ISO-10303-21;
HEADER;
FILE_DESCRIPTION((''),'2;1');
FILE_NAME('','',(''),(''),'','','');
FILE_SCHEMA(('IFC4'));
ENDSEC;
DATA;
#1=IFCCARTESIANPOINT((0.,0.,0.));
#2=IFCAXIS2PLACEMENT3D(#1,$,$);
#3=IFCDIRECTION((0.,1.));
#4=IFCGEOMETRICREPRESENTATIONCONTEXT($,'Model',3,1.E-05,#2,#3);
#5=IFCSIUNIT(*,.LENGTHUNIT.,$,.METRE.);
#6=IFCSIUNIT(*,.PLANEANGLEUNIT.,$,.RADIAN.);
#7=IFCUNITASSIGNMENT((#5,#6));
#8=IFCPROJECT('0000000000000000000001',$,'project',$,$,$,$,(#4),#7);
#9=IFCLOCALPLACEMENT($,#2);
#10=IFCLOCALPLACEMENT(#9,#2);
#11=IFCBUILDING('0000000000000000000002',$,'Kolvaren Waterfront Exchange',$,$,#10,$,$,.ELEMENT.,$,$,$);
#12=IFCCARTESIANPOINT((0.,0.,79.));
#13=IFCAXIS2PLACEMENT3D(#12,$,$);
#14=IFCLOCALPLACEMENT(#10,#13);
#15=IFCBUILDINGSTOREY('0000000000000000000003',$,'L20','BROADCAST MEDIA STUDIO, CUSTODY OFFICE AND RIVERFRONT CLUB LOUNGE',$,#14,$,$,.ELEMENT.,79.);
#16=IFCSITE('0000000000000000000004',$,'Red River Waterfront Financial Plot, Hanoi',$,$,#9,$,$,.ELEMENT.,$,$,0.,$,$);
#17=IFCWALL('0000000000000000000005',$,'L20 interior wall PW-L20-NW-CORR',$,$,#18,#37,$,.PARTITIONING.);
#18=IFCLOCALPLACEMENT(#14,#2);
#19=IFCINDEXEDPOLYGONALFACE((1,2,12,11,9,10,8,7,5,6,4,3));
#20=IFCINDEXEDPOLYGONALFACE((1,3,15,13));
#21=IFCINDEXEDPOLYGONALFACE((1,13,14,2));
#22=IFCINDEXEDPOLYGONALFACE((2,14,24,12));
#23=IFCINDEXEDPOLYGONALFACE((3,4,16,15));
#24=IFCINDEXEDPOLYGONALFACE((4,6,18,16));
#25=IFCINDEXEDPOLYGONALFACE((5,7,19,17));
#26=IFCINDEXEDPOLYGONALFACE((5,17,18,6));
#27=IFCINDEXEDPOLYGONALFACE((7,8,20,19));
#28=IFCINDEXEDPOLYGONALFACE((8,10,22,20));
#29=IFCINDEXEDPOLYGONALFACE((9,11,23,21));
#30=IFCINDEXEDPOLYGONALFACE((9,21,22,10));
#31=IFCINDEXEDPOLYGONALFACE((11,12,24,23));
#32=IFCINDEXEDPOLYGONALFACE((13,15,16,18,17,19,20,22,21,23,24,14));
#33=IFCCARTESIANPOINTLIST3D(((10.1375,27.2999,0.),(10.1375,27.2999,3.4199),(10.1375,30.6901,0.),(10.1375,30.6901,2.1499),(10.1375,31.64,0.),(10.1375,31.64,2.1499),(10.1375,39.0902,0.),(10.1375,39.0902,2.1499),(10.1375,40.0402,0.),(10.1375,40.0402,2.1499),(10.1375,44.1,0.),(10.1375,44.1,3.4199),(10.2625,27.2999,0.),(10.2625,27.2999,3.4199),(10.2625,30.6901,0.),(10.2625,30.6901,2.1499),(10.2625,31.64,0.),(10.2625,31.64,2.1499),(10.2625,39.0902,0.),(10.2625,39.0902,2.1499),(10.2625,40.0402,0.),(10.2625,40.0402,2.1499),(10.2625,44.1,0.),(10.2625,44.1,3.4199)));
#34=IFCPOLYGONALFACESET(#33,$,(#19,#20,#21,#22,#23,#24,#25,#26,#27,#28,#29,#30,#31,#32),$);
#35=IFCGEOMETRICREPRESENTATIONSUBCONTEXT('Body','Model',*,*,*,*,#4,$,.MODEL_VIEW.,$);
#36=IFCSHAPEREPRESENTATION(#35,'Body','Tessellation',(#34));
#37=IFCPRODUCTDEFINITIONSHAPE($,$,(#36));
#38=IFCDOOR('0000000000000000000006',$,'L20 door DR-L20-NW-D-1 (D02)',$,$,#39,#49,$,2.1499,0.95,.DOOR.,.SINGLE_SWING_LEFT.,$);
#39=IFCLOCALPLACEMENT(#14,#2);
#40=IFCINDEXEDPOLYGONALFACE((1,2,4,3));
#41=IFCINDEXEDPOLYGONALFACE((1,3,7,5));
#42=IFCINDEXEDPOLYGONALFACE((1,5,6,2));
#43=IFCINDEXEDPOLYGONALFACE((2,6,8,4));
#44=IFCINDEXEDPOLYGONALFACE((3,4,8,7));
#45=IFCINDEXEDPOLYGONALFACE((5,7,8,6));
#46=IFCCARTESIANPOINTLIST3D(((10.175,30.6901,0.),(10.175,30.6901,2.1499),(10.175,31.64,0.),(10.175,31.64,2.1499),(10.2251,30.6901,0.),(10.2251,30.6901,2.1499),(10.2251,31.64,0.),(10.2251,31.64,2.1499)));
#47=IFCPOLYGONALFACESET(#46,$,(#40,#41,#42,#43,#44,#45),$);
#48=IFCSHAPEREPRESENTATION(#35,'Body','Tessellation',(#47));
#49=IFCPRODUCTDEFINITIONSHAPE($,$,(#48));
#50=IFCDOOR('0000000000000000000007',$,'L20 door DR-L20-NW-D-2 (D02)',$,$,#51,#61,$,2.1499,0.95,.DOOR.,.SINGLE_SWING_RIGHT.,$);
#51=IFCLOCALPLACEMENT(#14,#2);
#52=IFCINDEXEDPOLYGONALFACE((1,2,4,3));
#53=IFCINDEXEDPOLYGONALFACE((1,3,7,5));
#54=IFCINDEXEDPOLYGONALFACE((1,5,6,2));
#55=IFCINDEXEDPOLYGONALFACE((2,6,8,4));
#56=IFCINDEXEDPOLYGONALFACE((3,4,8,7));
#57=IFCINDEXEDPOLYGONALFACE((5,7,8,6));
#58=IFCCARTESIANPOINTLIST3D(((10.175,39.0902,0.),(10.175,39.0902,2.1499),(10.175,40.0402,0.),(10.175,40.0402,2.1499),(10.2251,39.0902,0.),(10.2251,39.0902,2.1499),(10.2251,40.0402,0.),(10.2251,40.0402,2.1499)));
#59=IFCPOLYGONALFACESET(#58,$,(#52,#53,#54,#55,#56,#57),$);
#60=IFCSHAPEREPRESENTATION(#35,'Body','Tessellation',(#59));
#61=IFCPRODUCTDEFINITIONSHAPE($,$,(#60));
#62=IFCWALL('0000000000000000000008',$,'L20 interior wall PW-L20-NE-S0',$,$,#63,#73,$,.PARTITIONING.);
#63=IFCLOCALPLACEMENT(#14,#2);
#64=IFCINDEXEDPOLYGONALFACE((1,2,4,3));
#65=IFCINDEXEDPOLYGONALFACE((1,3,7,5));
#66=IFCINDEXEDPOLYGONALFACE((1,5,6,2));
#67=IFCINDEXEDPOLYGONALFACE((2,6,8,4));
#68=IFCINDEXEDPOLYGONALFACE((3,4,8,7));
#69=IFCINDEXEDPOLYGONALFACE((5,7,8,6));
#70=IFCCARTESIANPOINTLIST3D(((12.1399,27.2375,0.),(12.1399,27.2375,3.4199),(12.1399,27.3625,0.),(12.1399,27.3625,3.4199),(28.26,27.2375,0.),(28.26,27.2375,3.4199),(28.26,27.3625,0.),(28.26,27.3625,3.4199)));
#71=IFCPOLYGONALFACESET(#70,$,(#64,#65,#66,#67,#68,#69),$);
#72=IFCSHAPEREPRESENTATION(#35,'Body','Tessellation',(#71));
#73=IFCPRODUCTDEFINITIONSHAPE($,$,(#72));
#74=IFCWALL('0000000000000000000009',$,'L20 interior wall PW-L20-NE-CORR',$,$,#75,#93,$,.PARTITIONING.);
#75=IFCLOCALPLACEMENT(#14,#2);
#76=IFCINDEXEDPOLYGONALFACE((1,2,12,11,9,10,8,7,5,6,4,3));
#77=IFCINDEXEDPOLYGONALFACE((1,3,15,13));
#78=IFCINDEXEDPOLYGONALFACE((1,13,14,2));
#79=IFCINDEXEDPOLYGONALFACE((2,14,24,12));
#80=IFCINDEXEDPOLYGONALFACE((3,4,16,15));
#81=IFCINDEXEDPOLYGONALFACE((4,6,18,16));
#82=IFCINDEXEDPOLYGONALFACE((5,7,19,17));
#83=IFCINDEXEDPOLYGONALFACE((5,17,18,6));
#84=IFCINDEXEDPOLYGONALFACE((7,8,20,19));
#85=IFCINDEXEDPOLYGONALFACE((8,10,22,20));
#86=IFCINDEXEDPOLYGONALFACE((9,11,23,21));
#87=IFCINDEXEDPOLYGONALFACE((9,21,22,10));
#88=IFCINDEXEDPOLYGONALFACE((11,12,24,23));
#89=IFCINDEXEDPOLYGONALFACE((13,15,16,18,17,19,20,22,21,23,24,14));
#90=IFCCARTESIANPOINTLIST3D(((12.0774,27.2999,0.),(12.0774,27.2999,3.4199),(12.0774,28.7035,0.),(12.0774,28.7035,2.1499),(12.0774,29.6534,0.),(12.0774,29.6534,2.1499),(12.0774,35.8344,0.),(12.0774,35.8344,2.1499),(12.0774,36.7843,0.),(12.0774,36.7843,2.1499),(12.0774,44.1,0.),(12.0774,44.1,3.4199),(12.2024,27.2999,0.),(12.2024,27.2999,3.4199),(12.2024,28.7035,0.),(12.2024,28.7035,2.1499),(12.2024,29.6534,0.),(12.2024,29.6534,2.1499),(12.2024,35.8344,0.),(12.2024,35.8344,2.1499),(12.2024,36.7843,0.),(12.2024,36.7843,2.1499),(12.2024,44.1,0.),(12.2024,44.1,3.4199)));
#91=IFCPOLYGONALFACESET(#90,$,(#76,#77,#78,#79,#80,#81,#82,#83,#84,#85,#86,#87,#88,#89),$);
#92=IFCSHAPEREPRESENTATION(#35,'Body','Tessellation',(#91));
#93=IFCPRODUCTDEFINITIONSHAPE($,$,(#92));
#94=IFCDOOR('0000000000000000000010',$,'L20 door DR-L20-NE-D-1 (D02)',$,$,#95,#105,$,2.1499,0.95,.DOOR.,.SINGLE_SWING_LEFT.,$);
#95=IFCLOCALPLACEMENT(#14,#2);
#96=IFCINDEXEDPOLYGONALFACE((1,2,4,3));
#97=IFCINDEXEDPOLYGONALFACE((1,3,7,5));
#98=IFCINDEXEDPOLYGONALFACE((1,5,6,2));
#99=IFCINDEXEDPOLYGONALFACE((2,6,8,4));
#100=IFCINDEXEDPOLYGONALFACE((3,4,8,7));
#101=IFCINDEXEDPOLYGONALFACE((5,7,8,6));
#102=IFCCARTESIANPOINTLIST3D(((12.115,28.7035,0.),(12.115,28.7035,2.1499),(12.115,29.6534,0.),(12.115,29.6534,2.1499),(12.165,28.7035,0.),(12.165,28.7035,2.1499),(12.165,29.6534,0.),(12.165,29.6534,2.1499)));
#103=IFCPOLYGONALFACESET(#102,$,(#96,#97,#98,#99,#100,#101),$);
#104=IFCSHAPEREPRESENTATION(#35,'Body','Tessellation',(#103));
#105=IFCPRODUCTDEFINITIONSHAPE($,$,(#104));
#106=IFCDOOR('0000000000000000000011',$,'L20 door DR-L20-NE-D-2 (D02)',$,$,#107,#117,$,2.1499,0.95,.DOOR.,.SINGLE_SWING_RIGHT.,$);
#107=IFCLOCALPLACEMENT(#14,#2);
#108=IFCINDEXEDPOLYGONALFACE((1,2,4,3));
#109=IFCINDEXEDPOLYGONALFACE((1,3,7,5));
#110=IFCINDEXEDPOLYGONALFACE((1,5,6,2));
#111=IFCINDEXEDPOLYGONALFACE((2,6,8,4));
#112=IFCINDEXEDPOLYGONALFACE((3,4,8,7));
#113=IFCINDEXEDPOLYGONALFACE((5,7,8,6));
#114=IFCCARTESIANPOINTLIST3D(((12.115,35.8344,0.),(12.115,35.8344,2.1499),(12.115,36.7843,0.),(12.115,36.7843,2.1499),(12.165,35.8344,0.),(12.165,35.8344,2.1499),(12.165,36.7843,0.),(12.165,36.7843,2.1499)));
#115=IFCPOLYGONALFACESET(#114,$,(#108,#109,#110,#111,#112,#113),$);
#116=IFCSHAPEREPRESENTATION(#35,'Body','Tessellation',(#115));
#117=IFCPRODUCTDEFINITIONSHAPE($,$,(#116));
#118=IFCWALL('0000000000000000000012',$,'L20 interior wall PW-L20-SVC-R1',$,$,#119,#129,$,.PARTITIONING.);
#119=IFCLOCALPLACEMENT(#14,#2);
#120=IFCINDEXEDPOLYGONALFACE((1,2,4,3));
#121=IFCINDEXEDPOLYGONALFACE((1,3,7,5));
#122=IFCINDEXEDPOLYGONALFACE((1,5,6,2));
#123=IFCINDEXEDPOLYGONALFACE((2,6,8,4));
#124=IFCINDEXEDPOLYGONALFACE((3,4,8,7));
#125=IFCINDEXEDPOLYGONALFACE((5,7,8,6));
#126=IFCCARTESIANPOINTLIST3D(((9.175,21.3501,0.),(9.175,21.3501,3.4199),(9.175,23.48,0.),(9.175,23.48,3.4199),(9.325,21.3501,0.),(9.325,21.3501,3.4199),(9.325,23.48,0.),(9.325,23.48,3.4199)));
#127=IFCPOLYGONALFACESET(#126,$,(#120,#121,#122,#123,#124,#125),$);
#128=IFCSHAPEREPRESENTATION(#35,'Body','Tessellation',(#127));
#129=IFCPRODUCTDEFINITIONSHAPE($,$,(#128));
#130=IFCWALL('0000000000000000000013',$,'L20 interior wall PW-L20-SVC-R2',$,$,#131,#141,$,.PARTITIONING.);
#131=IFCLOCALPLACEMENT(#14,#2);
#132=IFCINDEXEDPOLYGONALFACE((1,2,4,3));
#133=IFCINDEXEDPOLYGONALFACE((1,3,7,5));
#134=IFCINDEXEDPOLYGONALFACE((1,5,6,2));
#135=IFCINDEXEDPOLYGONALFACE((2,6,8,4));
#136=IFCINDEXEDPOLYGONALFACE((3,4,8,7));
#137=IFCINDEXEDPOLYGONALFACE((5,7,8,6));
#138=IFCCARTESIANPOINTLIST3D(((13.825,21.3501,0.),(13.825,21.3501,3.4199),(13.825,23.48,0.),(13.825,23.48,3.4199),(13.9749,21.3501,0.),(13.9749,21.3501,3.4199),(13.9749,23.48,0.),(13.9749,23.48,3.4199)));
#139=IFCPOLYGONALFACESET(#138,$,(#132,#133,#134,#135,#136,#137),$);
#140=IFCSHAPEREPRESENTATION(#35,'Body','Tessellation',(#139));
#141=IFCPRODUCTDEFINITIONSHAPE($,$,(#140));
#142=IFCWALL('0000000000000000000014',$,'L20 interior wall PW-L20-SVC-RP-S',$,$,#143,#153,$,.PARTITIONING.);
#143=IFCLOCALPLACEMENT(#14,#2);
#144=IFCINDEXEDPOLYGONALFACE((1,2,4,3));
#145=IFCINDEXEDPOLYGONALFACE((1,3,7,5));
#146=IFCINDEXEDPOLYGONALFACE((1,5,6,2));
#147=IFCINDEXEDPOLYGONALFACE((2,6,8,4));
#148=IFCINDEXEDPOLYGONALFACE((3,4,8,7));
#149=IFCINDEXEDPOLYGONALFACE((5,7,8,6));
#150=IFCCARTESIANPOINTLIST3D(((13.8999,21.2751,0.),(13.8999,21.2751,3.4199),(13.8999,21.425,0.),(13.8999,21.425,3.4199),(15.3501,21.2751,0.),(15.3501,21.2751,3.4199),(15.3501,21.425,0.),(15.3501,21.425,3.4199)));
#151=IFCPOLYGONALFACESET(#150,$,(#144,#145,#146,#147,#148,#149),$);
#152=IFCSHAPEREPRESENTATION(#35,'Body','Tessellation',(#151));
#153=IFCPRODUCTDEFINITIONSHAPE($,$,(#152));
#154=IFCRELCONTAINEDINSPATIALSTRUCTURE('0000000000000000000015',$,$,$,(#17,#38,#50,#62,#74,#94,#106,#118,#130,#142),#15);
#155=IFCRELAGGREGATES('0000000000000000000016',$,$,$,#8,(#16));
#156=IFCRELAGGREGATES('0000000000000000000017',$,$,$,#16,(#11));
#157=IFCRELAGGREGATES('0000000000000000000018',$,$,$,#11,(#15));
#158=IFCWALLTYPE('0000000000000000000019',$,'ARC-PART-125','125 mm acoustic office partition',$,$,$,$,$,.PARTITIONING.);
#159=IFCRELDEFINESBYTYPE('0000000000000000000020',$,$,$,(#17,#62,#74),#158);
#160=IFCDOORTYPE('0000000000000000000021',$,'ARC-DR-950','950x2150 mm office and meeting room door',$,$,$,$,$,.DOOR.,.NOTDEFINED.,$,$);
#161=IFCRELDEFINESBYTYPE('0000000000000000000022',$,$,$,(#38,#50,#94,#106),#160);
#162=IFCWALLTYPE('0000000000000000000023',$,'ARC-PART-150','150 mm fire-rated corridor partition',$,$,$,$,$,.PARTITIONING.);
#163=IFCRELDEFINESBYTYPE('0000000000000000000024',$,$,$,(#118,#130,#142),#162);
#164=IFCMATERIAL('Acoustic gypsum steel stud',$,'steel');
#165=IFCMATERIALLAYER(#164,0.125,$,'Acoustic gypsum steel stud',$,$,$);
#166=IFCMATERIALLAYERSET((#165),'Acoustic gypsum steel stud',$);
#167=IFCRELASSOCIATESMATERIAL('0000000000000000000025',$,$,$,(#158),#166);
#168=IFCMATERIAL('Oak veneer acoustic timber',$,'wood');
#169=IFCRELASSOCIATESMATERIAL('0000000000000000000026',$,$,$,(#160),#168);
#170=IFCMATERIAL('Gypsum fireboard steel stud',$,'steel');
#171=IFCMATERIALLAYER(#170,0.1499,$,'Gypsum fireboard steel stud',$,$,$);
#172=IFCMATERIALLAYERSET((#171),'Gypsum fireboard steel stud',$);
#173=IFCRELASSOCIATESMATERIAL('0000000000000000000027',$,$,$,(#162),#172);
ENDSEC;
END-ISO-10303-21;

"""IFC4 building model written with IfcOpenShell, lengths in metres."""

from ifc_helpers import new_model, si_unit, direction, frame, frame_2d, origin, place, context, subcontext, project, spatial, rectangle, extrude, material, layer, layer_set, type_object, element, fill, save


model = new_model("IFC4")

# Units and contexts
model_context = context("Model", 3, precision=1e-05, world=origin(), true_north=direction((0.0, 1.0)))
body_context = subcontext(model_context, "Body", "Model", "MODEL_VIEW")
ifc_project = project(units=[si_unit("LENGTHUNIT", "METRE"), si_unit("PLANEANGLEUNIT", "RADIAN")], contexts=[model_context])

# Site, building, storey
site_placement = place(None, origin())
site = spatial("IfcSite", under=ifc_project, at=site_placement, Name="Red River Waterfront Financial Plot, Hanoi", CompositionType="ELEMENT", RefElevation=0.0)
building_placement = place(site_placement, origin())
building = spatial("IfcBuilding", under=site, at=building_placement, Name="Kolvaren Waterfront Exchange", CompositionType="ELEMENT")
storey_placement = place(building_placement, frame((0.0, 0.0, 79.0)))
storey = spatial("IfcBuildingStorey", under=building, at=storey_placement, Name="L20", Description="BROADCAST MEDIA STUDIO, CUSTODY OFFICE AND RIVERFRONT CLUB LOUNGE", CompositionType="ELEMENT", Elevation=79.0)

# Shared definitions
ifc_material_1 = material(Name="Acoustic gypsum steel stud", Category="steel")
ifc_layer_1 = layer(ifc_material_1, 0.125, Name="Acoustic gypsum steel stud")
ifc_layer_set_1 = layer_set([ifc_layer_1], Name="Acoustic gypsum steel stud")
wall_type_1 = type_object("IfcWallType", Name="ARC-PART-125", Description="125 mm acoustic office partition", PredefinedType="PARTITIONING", material=ifc_layer_set_1)

# Wall, openings, doors
wall_1_placement = place(storey_placement, frame((10.2, 27.3, 0.0), z_axis=(0.0, 0.0, 1.0), x_axis=(0.0, 1.0, 0.0)))
wall_1 = element("IfcWall", 1, at=wall_1_placement, inside=storey, type_object=wall_type_1, Name="L20 interior wall PW-L20-NW-CORR", PredefinedType="PARTITIONING", context=body_context, shape_type="SweptSolid", body=[
    extrude(rectangle(XDim=16.8, YDim=0.125, at=frame_2d((8.3999, 0.0))), origin(), (0.0, 0.0, 1.0), 3.4199),
])
opening_1_placement = place(wall_1_placement, frame((3.3899, 0.0, 0.0)))
opening_1 = element("IfcOpeningElement", 2, at=opening_1_placement, cuts=wall_1, PredefinedType="OPENING", context=body_context, shape_type="SweptSolid", body=[
    extrude(rectangle(XDim=0.95, YDim=2.1499, at=frame_2d((0.4751, 1.075))), frame((0.0, 0.0725, 0.0), z_axis=(0.0, -1.0, 0.0), x_axis=(1.0, 0.0, 0.0)), (0.0, 0.0, 1.0), 0.145),
])
opening_2_placement = place(wall_1_placement, frame((11.79, 0.0, 0.0)))
opening_2 = element("IfcOpeningElement", 3, at=opening_2_placement, cuts=wall_1, PredefinedType="OPENING", context=body_context, shape_type="SweptSolid", body=[
    extrude(rectangle(XDim=0.95, YDim=2.1499, at=frame_2d((0.4751, 1.075))), frame((0.0, 0.0725, 0.0), z_axis=(0.0, -1.0, 0.0), x_axis=(1.0, 0.0, 0.0)), (0.0, 0.0, 1.0), 0.145),
])
ifc_material_2 = material(Name="Oak veneer acoustic timber", Category="wood")
door_type_1 = type_object("IfcDoorType", Name="ARC-DR-950", Description="950x2150 mm office and meeting room door", OperationType="NOTDEFINED", PredefinedType="DOOR", material=ifc_material_2)
door_1_placement = place(opening_1_placement, origin())
door_1 = element("IfcDoor", 4, at=door_1_placement, inside=storey, type_object=door_type_1, Name="L20 door DR-L20-NW-D-1 (D02)", OperationType="SINGLE_SWING_LEFT", OverallHeight=2.1499, OverallWidth=0.95, PredefinedType="DOOR", context=body_context, shape_type="SweptSolid", body=[
    extrude(rectangle(XDim=0.95, YDim=2.1499, at=frame_2d((0.4751, 1.075))), frame((0.0, 0.0249, 0.0), z_axis=(0.0, -1.0, 0.0), x_axis=(1.0, 0.0, 0.0)), (0.0, 0.0, 1.0), 0.05),
])
fill(opening_1, door_1)
door_2_placement = place(opening_2_placement, origin())
door_2 = element("IfcDoor", 5, at=door_2_placement, inside=storey, type_object=door_type_1, Name="L20 door DR-L20-NW-D-2 (D02)", OperationType="SINGLE_SWING_RIGHT", OverallHeight=2.1499, OverallWidth=0.95, PredefinedType="DOOR", context=body_context, shape_type="SweptSolid", body=[
    extrude(rectangle(XDim=0.95, YDim=2.1499, at=frame_2d((0.4751, 1.075))), frame((0.0, 0.0249, 0.0), z_axis=(0.0, -1.0, 0.0), x_axis=(1.0, 0.0, 0.0)), (0.0, 0.0, 1.0), 0.05),
])
fill(opening_2, door_2)

# Wall
wall_2_placement = place(storey_placement, frame((12.1399, 27.3, 0.0), z_axis=(0.0, 0.0, 1.0), x_axis=(1.0, 0.0, 0.0)))
element("IfcWall", 6, at=wall_2_placement, inside=storey, type_object=wall_type_1, Name="L20 interior wall PW-L20-NE-S0", PredefinedType="PARTITIONING", context=body_context, shape_type="SweptSolid", body=[
    extrude(rectangle(XDim=16.1201, YDim=0.125, at=frame_2d((8.0601, 0.0))), origin(), (0.0, 0.0, 1.0), 3.4199),
])

# Wall, openings, doors
wall_3_placement = place(storey_placement, frame((12.1399, 27.3, 0.0), z_axis=(0.0, 0.0, 1.0), x_axis=(0.0, 1.0, 0.0)))
wall_3 = element("IfcWall", 7, at=wall_3_placement, inside=storey, type_object=wall_type_1, Name="L20 interior wall PW-L20-NE-CORR", PredefinedType="PARTITIONING", context=body_context, shape_type="SweptSolid", body=[
    extrude(rectangle(XDim=16.8, YDim=0.125, at=frame_2d((8.3999, 0.0))), origin(), (0.0, 0.0, 1.0), 3.4199),
])
opening_3_placement = place(wall_3_placement, frame((1.4033, 0.0, 0.0)))
opening_3 = element("IfcOpeningElement", 8, at=opening_3_placement, cuts=wall_3, PredefinedType="OPENING", context=body_context, shape_type="SweptSolid", body=[
    extrude(rectangle(XDim=0.95, YDim=2.1499, at=frame_2d((0.4751, 1.075))), frame((0.0, 0.0725, 0.0), z_axis=(0.0, -1.0, 0.0), x_axis=(1.0, 0.0, 0.0)), (0.0, 0.0, 1.0), 0.145),
])
opening_4_placement = place(wall_3_placement, frame((8.5342, 0.0, 0.0)))
opening_4 = element("IfcOpeningElement", 9, at=opening_4_placement, cuts=wall_3, PredefinedType="OPENING", context=body_context, shape_type="SweptSolid", body=[
    extrude(rectangle(XDim=0.95, YDim=2.1499, at=frame_2d((0.4751, 1.075))), frame((0.0, 0.0725, 0.0), z_axis=(0.0, -1.0, 0.0), x_axis=(1.0, 0.0, 0.0)), (0.0, 0.0, 1.0), 0.145),
])
door_3_placement = place(opening_3_placement, origin())
door_3 = element("IfcDoor", 10, at=door_3_placement, inside=storey, type_object=door_type_1, Name="L20 door DR-L20-NE-D-1 (D02)", OperationType="SINGLE_SWING_LEFT", OverallHeight=2.1499, OverallWidth=0.95, PredefinedType="DOOR", context=body_context, shape_type="SweptSolid", body=[
    extrude(rectangle(XDim=0.95, YDim=2.1499, at=frame_2d((0.4751, 1.075))), frame((0.0, 0.0249, 0.0), z_axis=(0.0, -1.0, 0.0), x_axis=(1.0, 0.0, 0.0)), (0.0, 0.0, 1.0), 0.05),
])
fill(opening_3, door_3)
door_4_placement = place(opening_4_placement, origin())
door_4 = element("IfcDoor", 11, at=door_4_placement, inside=storey, type_object=door_type_1, Name="L20 door DR-L20-NE-D-2 (D02)", OperationType="SINGLE_SWING_RIGHT", OverallHeight=2.1499, OverallWidth=0.95, PredefinedType="DOOR", context=body_context, shape_type="SweptSolid", body=[
    extrude(rectangle(XDim=0.95, YDim=2.1499, at=frame_2d((0.4751, 1.075))), frame((0.0, 0.0249, 0.0), z_axis=(0.0, -1.0, 0.0), x_axis=(1.0, 0.0, 0.0)), (0.0, 0.0, 1.0), 0.05),
])
fill(opening_4, door_4)

# Walls
ifc_material_3 = material(Name="Gypsum fireboard steel stud", Category="steel")
ifc_layer_2 = layer(ifc_material_3, 0.1499, Name="Gypsum fireboard steel stud")
ifc_layer_set_2 = layer_set([ifc_layer_2], Name="Gypsum fireboard steel stud")
wall_type_2 = type_object("IfcWallType", Name="ARC-PART-150", Description="150 mm fire-rated corridor partition", PredefinedType="PARTITIONING", material=ifc_layer_set_2)
for number, where, z_axis, x_axis, name in (
    (12, (9.25, 21.3501, 0.0), (0.0, 0.0, 1.0), (0.0, 1.0, 0.0), "L20 interior wall PW-L20-SVC-R1"),
    (13, (13.8999, 21.3501, 0.0), (0.0, 0.0, 1.0), (0.0, 1.0, 0.0), "L20 interior wall PW-L20-SVC-R2"),
):
    element("IfcWall", number, at=place(storey_placement, frame(where, z_axis=z_axis, x_axis=x_axis)), inside=storey, type_object=wall_type_2, Name=name, PredefinedType="PARTITIONING", context=body_context, shape_type="SweptSolid", body=[
        extrude(rectangle(XDim=2.1299, YDim=0.1499, at=frame_2d((1.0649, 0.0))), origin(), (0.0, 0.0, 1.0), 3.4199),
    ])
wall_4_placement = place(storey_placement, frame((13.8999, 21.3501, 0.0), z_axis=(0.0, 0.0, 1.0), x_axis=(1.0, 0.0, 0.0)))
element("IfcWall", 14, at=wall_4_placement, inside=storey, type_object=wall_type_2, Name="L20 interior wall PW-L20-SVC-RP-S", PredefinedType="PARTITIONING", context=body_context, shape_type="SweptSolid", body=[
    extrude(rectangle(XDim=1.4502, YDim=0.1499, at=frame_2d((0.7251, 0.0))), origin(), (0.0, 0.0, 1.0), 3.4199),
])

save(model, "model.ifc")
